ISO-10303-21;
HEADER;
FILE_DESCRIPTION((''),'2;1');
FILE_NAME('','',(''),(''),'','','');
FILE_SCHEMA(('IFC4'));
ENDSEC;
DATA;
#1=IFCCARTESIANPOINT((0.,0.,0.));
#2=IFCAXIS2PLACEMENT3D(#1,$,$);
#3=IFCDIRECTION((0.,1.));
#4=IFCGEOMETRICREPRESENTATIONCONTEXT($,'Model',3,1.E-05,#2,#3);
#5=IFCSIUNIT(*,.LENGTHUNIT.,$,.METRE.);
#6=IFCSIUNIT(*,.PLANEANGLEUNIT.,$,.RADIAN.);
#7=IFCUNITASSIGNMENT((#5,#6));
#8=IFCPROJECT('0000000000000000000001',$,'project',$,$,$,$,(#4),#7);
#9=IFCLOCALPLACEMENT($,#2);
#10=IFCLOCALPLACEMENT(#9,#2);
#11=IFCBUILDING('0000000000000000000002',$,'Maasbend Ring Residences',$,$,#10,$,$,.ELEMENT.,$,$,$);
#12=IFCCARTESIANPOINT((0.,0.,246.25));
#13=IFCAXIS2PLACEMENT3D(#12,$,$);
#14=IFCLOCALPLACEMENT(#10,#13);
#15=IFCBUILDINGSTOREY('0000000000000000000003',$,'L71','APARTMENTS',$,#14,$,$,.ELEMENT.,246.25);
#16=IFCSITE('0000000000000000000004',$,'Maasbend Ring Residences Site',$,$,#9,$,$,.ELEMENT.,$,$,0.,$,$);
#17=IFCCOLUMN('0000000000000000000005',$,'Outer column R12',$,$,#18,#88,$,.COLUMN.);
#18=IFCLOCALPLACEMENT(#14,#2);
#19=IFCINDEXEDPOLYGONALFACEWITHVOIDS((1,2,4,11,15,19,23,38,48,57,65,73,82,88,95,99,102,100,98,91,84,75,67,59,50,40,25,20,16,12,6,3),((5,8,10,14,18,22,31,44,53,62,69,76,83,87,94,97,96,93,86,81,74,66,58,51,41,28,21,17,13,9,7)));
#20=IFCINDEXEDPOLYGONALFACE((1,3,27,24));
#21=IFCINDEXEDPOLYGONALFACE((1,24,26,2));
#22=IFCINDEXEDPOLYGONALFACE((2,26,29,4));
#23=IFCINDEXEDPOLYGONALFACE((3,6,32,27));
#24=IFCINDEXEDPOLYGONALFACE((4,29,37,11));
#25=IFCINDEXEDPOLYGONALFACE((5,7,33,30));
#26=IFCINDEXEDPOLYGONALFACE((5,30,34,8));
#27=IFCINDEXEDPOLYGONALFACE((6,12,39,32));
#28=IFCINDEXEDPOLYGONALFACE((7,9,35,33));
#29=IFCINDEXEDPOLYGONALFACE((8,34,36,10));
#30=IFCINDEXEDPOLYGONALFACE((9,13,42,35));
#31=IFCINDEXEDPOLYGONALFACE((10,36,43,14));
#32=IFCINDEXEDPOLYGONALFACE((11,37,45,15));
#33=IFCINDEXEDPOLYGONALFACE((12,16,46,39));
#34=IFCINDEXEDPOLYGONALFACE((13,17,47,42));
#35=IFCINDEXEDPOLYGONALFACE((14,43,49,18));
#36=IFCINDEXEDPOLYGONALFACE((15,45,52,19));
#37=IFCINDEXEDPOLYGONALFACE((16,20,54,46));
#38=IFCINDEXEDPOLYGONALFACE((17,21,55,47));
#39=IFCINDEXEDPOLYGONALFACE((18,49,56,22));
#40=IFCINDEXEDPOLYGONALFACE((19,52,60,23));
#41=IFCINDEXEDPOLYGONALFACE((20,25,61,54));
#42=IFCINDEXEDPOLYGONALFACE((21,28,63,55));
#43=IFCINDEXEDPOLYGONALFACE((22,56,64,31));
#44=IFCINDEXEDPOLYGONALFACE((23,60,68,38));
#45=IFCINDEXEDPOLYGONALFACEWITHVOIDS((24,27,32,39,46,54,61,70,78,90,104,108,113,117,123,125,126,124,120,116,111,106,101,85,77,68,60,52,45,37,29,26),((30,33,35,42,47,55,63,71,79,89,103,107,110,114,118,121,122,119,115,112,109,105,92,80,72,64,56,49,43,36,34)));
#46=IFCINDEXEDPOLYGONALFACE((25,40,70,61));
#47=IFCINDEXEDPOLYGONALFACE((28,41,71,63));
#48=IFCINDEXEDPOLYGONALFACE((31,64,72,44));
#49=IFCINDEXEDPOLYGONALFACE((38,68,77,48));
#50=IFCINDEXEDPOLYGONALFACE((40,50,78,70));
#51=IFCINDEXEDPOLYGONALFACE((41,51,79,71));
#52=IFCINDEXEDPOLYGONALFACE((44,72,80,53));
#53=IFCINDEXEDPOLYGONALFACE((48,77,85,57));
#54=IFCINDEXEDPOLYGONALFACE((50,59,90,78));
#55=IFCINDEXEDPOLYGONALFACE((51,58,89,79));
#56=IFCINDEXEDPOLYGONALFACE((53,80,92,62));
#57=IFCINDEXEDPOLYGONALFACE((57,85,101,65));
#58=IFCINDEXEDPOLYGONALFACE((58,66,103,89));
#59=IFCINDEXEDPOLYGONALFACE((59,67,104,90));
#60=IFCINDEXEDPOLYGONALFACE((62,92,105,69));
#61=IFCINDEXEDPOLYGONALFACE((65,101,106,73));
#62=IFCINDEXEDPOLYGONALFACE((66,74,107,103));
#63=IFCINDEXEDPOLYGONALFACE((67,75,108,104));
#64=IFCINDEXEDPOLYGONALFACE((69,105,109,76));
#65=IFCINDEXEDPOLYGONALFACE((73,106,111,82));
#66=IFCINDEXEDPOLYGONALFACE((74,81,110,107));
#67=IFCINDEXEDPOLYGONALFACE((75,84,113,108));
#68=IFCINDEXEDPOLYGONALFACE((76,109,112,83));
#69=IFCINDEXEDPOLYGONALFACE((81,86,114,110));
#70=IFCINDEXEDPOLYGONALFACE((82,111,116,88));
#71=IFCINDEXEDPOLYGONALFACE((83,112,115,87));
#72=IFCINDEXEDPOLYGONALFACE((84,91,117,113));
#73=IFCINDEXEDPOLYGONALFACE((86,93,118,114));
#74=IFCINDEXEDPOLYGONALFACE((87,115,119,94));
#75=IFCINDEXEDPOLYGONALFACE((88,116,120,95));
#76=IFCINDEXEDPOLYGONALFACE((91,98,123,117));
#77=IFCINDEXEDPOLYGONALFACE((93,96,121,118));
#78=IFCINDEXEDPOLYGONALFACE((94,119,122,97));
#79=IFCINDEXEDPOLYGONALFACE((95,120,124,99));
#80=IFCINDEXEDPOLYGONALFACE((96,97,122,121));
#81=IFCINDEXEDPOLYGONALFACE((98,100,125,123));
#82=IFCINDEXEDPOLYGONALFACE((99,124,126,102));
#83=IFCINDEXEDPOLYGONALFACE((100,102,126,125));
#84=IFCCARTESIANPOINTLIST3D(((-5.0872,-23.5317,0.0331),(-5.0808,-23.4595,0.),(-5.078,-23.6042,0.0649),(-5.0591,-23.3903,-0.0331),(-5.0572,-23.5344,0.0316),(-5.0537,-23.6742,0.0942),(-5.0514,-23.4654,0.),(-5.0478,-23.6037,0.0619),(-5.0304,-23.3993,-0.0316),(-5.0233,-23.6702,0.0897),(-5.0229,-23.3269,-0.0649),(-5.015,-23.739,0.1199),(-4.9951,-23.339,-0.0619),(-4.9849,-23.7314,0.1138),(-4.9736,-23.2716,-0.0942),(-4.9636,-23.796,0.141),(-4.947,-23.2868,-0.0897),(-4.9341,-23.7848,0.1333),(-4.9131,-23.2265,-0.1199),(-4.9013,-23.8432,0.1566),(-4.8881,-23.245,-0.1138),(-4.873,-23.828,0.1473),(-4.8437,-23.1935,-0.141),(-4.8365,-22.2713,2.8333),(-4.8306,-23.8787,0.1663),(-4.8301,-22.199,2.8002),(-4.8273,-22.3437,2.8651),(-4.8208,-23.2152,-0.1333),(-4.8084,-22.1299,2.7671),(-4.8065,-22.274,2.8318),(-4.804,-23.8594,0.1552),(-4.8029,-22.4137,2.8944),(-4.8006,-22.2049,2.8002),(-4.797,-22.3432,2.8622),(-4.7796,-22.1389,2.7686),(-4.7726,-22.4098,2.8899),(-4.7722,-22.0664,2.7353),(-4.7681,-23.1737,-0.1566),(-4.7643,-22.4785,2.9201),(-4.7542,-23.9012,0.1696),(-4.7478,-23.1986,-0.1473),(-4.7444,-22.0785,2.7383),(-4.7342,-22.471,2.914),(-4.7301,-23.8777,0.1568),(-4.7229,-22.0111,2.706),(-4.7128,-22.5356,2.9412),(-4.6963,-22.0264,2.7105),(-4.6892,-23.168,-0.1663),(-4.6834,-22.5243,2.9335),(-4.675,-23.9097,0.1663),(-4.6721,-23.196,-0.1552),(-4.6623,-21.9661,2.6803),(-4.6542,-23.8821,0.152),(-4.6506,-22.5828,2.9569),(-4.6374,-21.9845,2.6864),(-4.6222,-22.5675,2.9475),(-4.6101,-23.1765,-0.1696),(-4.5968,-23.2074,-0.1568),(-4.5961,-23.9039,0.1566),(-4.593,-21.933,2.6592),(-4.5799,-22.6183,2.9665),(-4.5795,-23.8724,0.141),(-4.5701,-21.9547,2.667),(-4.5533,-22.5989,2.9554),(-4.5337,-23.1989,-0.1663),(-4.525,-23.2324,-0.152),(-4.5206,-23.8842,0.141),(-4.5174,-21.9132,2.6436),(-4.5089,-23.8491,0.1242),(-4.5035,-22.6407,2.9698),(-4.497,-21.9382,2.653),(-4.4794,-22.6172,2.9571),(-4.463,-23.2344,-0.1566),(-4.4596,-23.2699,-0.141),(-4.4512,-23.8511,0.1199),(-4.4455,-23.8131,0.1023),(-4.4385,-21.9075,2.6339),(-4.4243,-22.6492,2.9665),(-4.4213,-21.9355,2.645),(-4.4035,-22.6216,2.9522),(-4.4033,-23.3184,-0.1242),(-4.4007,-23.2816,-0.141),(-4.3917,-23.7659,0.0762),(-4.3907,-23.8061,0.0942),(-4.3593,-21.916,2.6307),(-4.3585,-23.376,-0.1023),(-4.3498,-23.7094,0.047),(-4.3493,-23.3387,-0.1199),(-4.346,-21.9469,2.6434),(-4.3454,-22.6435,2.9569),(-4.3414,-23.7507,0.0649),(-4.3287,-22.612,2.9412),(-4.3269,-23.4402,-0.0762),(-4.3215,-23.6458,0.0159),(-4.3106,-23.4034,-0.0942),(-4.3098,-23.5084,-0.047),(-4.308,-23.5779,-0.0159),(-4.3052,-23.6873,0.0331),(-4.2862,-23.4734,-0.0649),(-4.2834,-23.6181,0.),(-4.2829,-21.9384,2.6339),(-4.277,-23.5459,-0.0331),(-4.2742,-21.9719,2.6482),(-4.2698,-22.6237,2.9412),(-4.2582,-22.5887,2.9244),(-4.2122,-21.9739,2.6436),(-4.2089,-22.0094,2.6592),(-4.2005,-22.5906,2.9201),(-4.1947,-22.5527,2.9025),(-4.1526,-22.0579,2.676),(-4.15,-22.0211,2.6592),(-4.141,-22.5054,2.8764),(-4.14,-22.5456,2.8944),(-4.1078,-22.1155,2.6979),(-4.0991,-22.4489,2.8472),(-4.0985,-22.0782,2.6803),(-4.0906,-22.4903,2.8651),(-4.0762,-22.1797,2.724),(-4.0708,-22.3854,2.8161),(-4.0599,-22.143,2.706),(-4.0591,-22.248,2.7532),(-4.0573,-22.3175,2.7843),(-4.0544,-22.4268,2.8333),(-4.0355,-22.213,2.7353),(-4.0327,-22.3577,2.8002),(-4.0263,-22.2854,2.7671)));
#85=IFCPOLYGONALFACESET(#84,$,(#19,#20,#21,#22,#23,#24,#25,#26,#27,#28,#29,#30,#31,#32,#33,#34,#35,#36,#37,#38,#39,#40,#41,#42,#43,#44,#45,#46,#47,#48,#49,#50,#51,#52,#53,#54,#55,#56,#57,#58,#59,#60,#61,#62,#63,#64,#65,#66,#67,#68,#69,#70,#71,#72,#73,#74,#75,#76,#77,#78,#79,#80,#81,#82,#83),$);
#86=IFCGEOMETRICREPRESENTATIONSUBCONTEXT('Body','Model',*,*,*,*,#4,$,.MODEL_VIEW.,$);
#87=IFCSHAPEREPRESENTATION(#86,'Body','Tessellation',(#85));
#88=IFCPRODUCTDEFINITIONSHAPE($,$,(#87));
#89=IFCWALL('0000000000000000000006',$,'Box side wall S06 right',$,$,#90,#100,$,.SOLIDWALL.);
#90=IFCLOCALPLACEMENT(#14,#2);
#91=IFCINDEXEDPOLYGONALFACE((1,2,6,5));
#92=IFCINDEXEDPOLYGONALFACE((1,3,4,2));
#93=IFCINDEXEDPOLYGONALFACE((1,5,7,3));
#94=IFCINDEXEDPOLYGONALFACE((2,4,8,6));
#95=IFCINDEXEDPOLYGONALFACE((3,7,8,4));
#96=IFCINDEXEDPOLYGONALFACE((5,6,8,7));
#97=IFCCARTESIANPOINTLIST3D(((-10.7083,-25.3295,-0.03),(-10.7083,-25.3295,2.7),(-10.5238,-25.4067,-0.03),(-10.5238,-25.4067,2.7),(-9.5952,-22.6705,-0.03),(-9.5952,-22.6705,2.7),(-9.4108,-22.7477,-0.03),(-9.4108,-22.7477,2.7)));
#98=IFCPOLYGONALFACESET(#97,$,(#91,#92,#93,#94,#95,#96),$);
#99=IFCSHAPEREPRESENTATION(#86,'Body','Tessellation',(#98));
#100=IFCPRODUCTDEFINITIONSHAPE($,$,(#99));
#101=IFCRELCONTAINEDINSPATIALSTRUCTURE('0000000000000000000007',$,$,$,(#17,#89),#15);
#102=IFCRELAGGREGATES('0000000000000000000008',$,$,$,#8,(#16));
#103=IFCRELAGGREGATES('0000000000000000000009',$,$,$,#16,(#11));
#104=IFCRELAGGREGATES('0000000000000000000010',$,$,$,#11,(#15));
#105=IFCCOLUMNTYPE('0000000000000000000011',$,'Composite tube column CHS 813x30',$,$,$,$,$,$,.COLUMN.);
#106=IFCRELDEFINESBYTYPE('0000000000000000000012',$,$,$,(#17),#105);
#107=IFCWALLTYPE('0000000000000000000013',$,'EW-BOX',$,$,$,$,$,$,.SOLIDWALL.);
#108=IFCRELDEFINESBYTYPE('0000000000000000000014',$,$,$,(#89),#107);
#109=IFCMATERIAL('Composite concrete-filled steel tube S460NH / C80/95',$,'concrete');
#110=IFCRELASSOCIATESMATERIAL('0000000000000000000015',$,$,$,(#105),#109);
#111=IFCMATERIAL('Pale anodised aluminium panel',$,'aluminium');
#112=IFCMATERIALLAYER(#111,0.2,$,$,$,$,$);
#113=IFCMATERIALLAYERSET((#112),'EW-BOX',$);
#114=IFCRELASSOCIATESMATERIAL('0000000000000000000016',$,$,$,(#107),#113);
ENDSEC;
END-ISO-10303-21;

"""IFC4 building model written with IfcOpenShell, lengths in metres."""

from ifc_helpers import new_model, si_unit, direction, frame, frame_2d, origin, origin_2d, place, context, subcontext, project, spatial, rectangle, hollow_circle, extrude, material, layer, layer_set, material_profile, profile_set, type_object, element, save


model = new_model("IFC4")

# Units and contexts
model_context = context("Model", 3, precision=1e-05, world=origin(), true_north=direction((0.0, 1.0)))
body_context = subcontext(model_context, "Body", "Model", "MODEL_VIEW")
ifc_project = project(units=[si_unit("LENGTHUNIT", "METRE"), si_unit("PLANEANGLEUNIT", "RADIAN")], contexts=[model_context])

# Site, building, storey
site_placement = place(None, origin())
site = spatial("IfcSite", under=ifc_project, at=site_placement, Name="Maasbend Ring Residences Site", CompositionType="ELEMENT", RefElevation=0.0)
building_placement = place(site_placement, origin())
building = spatial("IfcBuilding", under=site, at=building_placement, Name="Maasbend Ring Residences", CompositionType="ELEMENT")
storey_placement = place(building_placement, frame((0.0, 0.0, 246.25)))
storey = spatial("IfcBuildingStorey", under=building, at=storey_placement, Name="L71", Description="APARTMENTS", CompositionType="ELEMENT", Elevation=246.25)

# Column
ifc_material_1 = material(Name="Composite concrete-filled steel tube S460NH / C80/95", Category="concrete")
ifc_material_profile = material_profile(ifc_material_1, hollow_circle(Radius=0.4065, WallThickness=0.03, at=origin_2d()), Name="Composite tube column CHS 813x30")
ifc_profile_set = profile_set([ifc_material_profile], Name="Composite concrete-filled steel tube S460NH / C80/95")
column_type = type_object("IfcColumnType", Name="Composite tube column CHS 813x30", PredefinedType="COLUMN", material=ifc_profile_set)
column_placement = place(storey_placement, frame((-4.6821, -23.5388, 0.0), z_axis=(0.081377, 0.409103, 0.908853), x_axis=(-0.980785, 0.195093, 0.0)))
element("IfcColumn", 1, at=column_placement, inside=storey, type_object=column_type, Name="Outer column R12", PredefinedType="COLUMN", context=body_context, shape_type="SweptSolid", body=[
    extrude(hollow_circle(Radius=0.4065, WallThickness=0.03, at=origin_2d()), origin(), (0.0, 0.0, 1.0), 3.0811),
])

# Wall
ifc_material_2 = material(Name="Pale anodised aluminium panel", Category="aluminium")
ifc_layer_1 = layer(ifc_material_2, 0.2)
ifc_layer_set_1 = layer_set([ifc_layer_1], Name="EW-BOX")
wall_type_1 = type_object("IfcWallType", Name="EW-BOX", PredefinedType="SOLIDWALL", material=ifc_layer_set_1)
wall_1_placement = place(storey_placement, frame((-9.5029, -22.709, -0.03), z_axis=(0.0, 0.0, 1.0), x_axis=(-0.386136, -0.922442, 0.0)))
element("IfcWall", 2, at=wall_1_placement, inside=storey, type_object=wall_type_1, Name="Box side wall S06 right", PredefinedType="SOLIDWALL", context=body_context, shape_type="SweptSolid", body=[
    extrude(rectangle(XDim=2.8826, YDim=0.2, at=frame_2d((1.4414, 0.0))), origin(), (0.0, 0.0, 1.0), 2.73),
])

save(model, "model.ifc")
